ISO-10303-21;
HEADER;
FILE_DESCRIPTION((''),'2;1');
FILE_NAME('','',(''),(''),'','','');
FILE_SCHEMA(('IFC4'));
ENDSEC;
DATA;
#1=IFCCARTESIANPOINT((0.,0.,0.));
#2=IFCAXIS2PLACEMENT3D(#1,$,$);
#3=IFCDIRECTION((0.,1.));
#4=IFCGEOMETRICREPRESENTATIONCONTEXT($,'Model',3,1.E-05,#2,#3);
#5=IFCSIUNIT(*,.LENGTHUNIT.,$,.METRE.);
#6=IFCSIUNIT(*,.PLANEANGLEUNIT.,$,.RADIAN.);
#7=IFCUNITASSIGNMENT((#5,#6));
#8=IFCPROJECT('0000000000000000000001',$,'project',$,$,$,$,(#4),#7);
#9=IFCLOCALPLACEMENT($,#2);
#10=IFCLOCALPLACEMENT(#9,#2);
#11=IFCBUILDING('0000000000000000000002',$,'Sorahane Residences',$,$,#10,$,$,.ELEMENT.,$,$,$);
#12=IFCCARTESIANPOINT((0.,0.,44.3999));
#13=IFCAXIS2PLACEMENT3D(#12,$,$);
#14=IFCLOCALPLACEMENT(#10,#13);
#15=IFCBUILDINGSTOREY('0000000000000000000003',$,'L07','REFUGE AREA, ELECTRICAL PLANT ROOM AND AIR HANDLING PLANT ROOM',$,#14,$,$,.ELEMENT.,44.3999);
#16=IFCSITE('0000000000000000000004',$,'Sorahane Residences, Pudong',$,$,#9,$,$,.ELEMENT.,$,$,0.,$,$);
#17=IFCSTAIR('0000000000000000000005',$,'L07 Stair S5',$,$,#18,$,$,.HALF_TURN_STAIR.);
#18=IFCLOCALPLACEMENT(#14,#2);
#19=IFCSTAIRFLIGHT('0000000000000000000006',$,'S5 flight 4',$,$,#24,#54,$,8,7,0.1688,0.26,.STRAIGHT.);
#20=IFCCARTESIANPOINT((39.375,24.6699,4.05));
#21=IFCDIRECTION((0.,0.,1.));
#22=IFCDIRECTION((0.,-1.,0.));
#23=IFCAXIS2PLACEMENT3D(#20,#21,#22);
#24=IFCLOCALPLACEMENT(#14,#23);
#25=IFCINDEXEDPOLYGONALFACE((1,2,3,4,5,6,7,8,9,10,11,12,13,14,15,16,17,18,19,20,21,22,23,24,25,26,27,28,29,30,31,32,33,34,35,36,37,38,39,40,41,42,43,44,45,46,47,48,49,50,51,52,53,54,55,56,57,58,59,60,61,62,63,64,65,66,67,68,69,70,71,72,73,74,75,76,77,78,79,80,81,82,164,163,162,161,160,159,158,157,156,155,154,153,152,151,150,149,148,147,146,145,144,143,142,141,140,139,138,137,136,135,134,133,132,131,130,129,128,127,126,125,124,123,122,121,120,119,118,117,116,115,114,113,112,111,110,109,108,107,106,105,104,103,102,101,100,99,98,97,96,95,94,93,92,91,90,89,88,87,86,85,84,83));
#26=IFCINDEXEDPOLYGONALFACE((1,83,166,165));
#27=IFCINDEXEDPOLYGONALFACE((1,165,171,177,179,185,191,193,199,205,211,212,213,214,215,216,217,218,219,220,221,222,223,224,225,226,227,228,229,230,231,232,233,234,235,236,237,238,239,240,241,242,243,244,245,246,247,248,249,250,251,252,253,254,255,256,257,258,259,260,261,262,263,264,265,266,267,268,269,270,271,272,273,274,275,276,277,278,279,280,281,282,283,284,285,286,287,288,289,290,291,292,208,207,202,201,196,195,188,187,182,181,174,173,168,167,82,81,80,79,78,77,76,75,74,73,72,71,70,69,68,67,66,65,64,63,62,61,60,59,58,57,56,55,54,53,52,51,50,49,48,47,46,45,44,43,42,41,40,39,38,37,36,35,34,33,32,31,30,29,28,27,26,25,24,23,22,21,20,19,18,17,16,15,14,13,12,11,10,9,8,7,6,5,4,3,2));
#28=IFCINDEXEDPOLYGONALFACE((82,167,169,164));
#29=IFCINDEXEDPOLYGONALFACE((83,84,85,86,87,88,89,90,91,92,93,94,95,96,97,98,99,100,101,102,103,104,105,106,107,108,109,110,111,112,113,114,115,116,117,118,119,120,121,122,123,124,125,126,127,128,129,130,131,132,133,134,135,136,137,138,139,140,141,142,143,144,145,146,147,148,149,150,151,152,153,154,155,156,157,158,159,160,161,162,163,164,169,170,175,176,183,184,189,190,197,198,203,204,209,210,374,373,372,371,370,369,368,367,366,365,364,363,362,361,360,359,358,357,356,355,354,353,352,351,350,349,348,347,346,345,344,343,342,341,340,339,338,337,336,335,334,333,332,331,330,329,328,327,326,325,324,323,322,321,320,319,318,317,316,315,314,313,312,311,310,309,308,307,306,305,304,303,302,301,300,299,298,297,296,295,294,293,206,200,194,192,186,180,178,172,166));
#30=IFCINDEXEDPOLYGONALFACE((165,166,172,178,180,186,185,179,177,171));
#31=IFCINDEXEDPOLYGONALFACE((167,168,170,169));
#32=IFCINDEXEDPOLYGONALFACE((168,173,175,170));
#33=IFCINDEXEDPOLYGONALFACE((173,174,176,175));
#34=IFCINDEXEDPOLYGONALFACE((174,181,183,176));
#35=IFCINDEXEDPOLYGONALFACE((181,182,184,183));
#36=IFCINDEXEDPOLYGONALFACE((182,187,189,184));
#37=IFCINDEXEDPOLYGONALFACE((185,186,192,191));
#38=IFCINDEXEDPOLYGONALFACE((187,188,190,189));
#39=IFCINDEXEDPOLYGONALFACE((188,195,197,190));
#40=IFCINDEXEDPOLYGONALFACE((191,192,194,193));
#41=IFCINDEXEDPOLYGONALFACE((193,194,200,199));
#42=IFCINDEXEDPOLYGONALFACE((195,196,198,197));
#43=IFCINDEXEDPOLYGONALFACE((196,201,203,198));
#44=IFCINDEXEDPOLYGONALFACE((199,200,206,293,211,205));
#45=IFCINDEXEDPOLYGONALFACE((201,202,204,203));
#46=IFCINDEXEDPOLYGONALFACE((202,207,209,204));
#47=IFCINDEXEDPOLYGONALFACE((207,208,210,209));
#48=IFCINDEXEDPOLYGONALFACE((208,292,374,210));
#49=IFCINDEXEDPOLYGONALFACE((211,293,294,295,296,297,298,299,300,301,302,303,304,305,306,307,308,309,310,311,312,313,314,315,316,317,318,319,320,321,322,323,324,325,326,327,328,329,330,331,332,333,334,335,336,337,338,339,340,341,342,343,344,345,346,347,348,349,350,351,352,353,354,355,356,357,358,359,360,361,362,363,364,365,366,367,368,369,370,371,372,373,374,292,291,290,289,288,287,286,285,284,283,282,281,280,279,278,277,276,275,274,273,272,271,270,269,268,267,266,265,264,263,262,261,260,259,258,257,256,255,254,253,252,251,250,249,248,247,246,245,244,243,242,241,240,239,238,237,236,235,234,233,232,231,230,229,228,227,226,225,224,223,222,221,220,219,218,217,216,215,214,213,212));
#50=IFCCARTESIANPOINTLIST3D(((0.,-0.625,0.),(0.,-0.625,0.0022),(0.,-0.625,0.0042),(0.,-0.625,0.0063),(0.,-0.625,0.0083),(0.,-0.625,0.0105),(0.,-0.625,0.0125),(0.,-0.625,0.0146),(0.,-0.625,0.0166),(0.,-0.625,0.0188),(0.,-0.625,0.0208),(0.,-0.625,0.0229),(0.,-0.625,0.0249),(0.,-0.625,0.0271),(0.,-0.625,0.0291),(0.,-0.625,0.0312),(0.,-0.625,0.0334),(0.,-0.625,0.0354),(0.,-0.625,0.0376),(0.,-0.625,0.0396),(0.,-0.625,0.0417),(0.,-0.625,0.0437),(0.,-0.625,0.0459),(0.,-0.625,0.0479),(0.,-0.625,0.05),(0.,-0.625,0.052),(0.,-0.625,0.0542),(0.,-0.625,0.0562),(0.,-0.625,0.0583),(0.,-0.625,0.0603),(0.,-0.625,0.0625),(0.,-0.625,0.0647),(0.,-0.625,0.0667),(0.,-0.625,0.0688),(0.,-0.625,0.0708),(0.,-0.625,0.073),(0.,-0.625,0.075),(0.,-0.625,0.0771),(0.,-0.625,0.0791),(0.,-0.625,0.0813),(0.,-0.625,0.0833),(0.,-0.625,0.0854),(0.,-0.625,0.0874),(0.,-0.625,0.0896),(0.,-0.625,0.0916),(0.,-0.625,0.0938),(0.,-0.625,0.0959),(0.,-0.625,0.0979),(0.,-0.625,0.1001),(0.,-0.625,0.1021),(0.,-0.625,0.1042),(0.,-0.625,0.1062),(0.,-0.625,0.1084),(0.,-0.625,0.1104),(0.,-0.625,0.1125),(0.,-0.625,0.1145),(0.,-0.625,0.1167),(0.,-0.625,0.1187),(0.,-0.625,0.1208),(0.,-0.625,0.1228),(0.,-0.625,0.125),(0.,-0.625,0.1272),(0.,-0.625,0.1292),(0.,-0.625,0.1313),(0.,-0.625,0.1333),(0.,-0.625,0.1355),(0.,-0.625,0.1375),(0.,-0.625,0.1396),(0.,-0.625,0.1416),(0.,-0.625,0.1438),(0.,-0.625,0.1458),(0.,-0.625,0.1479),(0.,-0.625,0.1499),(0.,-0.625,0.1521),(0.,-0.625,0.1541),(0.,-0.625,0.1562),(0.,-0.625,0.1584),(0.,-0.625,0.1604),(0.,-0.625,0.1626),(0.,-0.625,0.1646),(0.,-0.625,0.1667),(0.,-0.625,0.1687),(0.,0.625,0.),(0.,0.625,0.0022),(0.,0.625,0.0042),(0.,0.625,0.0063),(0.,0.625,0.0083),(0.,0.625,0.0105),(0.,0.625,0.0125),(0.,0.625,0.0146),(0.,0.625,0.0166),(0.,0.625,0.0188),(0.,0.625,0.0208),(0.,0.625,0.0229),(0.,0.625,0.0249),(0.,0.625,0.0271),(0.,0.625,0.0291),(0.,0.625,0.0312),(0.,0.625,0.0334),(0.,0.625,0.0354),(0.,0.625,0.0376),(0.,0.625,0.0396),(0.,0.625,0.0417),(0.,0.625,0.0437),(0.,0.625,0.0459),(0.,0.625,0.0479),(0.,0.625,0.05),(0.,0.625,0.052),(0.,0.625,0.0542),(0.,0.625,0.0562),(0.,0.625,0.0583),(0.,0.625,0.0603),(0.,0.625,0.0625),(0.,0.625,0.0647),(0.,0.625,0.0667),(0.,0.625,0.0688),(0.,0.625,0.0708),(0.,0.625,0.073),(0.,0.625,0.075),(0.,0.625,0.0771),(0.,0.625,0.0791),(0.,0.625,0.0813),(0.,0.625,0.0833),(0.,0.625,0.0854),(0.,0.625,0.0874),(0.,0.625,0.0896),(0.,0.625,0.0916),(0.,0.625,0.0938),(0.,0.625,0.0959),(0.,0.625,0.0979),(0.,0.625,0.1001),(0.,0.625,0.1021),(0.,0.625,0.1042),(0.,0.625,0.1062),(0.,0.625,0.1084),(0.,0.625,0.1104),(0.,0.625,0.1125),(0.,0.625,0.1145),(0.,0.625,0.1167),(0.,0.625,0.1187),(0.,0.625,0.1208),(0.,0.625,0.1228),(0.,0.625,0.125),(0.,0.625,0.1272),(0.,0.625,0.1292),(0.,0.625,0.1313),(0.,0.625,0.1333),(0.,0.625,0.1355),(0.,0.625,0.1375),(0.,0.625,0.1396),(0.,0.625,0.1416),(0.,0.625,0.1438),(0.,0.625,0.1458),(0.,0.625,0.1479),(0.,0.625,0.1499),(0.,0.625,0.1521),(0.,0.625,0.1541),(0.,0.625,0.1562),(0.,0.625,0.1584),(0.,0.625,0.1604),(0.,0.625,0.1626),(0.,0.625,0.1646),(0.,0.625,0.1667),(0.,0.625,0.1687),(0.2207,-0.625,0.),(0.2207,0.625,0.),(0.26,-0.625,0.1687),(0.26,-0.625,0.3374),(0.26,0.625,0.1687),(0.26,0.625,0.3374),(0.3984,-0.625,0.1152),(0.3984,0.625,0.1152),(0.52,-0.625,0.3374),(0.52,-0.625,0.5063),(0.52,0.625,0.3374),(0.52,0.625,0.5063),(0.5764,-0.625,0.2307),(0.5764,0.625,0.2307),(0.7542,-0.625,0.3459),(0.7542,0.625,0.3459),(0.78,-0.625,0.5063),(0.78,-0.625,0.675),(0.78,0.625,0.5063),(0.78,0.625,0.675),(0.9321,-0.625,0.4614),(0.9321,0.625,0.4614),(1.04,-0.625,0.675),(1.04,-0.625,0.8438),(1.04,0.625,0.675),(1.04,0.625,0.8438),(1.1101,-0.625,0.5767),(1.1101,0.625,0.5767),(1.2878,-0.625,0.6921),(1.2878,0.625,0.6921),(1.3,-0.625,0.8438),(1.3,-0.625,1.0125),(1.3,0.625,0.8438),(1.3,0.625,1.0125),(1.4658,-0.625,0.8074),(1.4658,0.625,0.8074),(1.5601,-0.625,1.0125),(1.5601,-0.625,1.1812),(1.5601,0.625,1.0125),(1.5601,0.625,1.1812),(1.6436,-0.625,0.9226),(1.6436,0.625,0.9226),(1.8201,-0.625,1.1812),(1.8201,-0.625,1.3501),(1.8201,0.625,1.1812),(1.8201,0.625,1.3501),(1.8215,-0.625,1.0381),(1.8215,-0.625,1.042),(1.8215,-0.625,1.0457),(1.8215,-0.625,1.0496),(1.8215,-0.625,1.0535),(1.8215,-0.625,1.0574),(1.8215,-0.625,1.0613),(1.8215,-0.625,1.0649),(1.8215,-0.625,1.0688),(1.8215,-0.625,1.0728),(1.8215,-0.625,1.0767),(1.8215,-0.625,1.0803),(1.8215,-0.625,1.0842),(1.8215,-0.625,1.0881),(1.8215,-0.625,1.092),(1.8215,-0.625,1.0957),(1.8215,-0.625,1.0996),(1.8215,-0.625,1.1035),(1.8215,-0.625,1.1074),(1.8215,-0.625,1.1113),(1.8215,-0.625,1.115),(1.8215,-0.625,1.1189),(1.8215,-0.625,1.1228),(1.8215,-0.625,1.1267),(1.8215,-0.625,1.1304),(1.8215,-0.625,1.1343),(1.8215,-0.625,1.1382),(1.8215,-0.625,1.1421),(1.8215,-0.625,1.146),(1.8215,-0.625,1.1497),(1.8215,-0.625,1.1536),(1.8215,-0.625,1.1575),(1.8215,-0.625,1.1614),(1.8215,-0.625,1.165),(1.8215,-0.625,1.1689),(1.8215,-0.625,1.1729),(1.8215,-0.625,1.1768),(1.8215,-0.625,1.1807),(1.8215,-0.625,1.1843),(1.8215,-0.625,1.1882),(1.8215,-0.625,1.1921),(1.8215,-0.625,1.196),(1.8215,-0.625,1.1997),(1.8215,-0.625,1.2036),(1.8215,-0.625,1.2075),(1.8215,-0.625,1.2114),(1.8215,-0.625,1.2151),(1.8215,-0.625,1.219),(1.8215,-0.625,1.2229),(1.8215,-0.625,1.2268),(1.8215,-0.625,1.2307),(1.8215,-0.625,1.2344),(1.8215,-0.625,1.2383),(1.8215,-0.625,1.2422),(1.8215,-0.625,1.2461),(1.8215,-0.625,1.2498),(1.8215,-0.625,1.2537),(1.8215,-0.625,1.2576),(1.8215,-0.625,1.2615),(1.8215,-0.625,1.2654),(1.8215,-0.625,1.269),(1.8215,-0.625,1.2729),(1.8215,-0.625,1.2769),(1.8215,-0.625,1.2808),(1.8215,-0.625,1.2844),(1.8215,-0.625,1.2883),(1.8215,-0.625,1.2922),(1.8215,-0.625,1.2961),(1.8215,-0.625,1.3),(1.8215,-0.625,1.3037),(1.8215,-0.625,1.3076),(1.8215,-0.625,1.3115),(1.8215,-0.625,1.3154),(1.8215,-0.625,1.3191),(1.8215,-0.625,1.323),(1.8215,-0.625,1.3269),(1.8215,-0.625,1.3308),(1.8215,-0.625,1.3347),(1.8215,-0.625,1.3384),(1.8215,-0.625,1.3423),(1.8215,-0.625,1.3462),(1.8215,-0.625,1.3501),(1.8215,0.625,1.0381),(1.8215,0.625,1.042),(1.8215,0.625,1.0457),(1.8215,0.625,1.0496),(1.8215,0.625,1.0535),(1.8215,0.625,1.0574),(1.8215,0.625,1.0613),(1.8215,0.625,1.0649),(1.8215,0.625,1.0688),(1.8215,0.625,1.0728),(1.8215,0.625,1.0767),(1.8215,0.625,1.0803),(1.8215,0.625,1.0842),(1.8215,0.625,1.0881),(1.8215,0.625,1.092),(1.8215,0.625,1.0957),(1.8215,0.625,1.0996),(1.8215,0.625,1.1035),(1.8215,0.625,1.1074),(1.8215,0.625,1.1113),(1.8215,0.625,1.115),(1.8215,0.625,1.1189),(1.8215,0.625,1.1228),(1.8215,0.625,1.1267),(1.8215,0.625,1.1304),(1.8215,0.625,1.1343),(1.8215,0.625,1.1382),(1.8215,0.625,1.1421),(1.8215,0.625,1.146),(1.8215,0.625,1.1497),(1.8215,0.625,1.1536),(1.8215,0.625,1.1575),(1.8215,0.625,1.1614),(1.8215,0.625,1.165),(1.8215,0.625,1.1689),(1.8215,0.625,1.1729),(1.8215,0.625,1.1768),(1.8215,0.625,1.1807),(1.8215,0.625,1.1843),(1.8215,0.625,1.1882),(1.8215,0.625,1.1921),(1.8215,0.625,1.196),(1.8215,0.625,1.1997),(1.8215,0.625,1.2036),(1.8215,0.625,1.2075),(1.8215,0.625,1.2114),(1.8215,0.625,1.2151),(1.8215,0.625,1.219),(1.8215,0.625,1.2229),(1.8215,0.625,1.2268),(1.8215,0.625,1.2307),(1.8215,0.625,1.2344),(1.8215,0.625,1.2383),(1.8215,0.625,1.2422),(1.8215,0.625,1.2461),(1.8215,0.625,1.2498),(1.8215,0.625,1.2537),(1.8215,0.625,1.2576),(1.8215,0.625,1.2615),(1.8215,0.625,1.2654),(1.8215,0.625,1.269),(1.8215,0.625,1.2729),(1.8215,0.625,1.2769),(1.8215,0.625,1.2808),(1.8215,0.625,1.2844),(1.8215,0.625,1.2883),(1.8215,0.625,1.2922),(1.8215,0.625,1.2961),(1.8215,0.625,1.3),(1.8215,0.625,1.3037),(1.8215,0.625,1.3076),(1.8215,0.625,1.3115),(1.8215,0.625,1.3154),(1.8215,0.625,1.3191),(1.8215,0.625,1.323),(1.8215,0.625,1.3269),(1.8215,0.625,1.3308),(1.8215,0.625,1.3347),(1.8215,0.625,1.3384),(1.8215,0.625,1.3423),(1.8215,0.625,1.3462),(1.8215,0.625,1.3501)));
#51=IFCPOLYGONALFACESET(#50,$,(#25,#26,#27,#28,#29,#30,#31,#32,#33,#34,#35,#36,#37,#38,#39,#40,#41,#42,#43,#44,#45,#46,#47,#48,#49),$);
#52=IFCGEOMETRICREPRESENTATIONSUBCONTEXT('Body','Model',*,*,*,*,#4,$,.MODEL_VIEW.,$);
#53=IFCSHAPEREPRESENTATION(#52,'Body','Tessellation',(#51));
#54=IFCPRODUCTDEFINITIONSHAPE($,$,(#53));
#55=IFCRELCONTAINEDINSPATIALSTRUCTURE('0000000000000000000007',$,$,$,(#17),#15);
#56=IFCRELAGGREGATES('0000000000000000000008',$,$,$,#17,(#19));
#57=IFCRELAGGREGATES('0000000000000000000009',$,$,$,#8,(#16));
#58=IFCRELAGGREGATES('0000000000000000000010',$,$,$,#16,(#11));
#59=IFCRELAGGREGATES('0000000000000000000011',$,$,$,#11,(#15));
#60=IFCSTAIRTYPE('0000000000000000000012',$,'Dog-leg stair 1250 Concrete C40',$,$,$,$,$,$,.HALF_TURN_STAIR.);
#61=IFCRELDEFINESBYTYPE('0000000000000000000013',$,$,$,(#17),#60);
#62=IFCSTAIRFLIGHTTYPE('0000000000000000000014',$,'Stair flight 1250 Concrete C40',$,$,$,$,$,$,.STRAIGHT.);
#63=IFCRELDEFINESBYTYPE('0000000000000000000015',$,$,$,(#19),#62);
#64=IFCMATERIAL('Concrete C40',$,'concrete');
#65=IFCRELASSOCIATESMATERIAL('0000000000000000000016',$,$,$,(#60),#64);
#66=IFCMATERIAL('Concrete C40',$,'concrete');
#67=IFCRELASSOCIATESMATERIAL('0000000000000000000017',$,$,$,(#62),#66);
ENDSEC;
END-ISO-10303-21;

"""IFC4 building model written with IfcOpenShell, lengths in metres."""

from ifc_helpers import new_model, si_unit, direction, frame, origin, place, context, subcontext, project, spatial, polyline, outline, extrude, material, type_object, element, aggregate, save


model = new_model("IFC4")

# Units and contexts
model_context = context("Model", 3, precision=1e-05, world=origin(), true_north=direction((0.0, 1.0)))
body_context = subcontext(model_context, "Body", "Model", "MODEL_VIEW")
ifc_project = project(units=[si_unit("LENGTHUNIT", "METRE"), si_unit("PLANEANGLEUNIT", "RADIAN")], contexts=[model_context])

# Site, building, storey
site_placement = place(None, origin())
site = spatial("IfcSite", under=ifc_project, at=site_placement, Name="Sorahane Residences, Pudong", CompositionType="ELEMENT", RefElevation=0.0)
building_placement = place(site_placement, origin())
building = spatial("IfcBuilding", under=site, at=building_placement, Name="Sorahane Residences", CompositionType="ELEMENT")
storey_placement = place(building_placement, frame((0.0, 0.0, 44.3999)))
storey = spatial("IfcBuildingStorey", under=building, at=storey_placement, Name="L07", Description="REFUGE AREA, ELECTRICAL PLANT ROOM AND AIR HANDLING PLANT ROOM", CompositionType="ELEMENT", Elevation=44.3999)

# Stair, stair flight
ifc_material_1 = material(Name="Concrete C40", Category="concrete")
stair_type = type_object("IfcStairType", Name="Dog-leg stair 1250 Concrete C40", PredefinedType="HALF_TURN_STAIR", material=ifc_material_1)
stair_placement = place(storey_placement, origin())
stair = element("IfcStair", 1, at=stair_placement, inside=storey, type_object=stair_type, Name="L07 Stair S5", PredefinedType="HALF_TURN_STAIR")
ifc_material_2 = material(Name="Concrete C40", Category="concrete")
stair_flight_type = type_object("IfcStairFlightType", Name="Stair flight 1250 Concrete C40", PredefinedType="STRAIGHT", material=ifc_material_2)
stair_flight_1_placement = place(storey_placement, frame((39.375, 24.6699, 4.05), z_axis=(0.0, 0.0, 1.0), x_axis=(0.0, -1.0, 0.0)))
stair_flight_1 = element("IfcStairFlight", 2, at=stair_flight_1_placement, type_object=stair_flight_type, Name="S5 flight 4", NumberOfRisers=8, NumberOfTreads=7, PredefinedType="STRAIGHT", RiserHeight=0.1688, TreadLength=0.26, context=body_context, shape_type="SweptSolid", body=[
    extrude(outline(polyline([(0.0, 0.0), (0.0, 0.0022), (0.0, 0.0042), (0.0, 0.0063), (0.0, 0.0083), (0.0, 0.0105), (0.0, 0.0125), (0.0, 0.0146), (0.0, 0.0166), (0.0, 0.0188), (0.0, 0.0208), (0.0, 0.0229), (0.0, 0.0249), (0.0, 0.0271), (0.0, 0.0291), (0.0, 0.0312), (0.0, 0.0334), (0.0, 0.0354), (0.0, 0.0376), (0.0, 0.0396), (0.0, 0.0417), (0.0, 0.0437), (0.0, 0.0459), (0.0, 0.0479), (0.0, 0.05), (0.0, 0.052), (0.0, 0.0542), (0.0, 0.0562), (0.0, 0.0583), (0.0, 0.0603), (0.0, 0.0625), (0.0, 0.0647), (0.0, 0.0667), (0.0, 0.0688), (0.0, 0.0708), (0.0, 0.073), (0.0, 0.075), (0.0, 0.0771), (0.0, 0.0791), (0.0, 0.0813), (0.0, 0.0833), (0.0, 0.0854), (0.0, 0.0874), (0.0, 0.0896), (0.0, 0.0916), (0.0, 0.0938), (0.0, 0.0959), (0.0, 0.0979), (0.0, 0.1001), (0.0, 0.1021), (0.0, 0.1042), (0.0, 0.1062), (0.0, 0.1084), (0.0, 0.1104), (0.0, 0.1125), (0.0, 0.1145), (0.0, 0.1167), (0.0, 0.1187), (0.0, 0.1208), (0.0, 0.1228), (0.0, 0.125), (0.0, 0.1272), (0.0, 0.1292), (0.0, 0.1313), (0.0, 0.1333), (0.0, 0.1355), (0.0, 0.1375), (0.0, 0.1396), (0.0, 0.1416), (0.0, 0.1438), (0.0, 0.1458), (0.0, 0.1479), (0.0, 0.1499), (0.0, 0.1521), (0.0, 0.1541), (0.0, 0.1562), (0.0, 0.1584), (0.0, 0.1604), (0.0, 0.1626), (0.0, 0.1646), (0.0, 0.1667), (0.0, 0.1687), (0.26, 0.1687), (0.26, 0.3374), (0.52, 0.3374), (0.52, 0.5063), (0.78, 0.5063), (0.78, 0.675), (1.04, 0.675), (1.04, 0.8438), (1.3, 0.8438), (1.3, 1.0125), (1.5601, 1.0125), (1.5601, 1.1812), (1.8201, 1.1812), (1.8201, 1.3501), (1.8215, 1.3501), (1.8215, 1.3462), (1.8215, 1.3423), (1.8215, 1.3384), (1.8215, 1.3347), (1.8215, 1.3308), (1.8215, 1.3269), (1.8215, 1.323), (1.8215, 1.3191), (1.8215, 1.3154), (1.8215, 1.3115), (1.8215, 1.3076), (1.8215, 1.3037), (1.8215, 1.3), (1.8215, 1.2961), (1.8215, 1.2922), (1.8215, 1.2883), (1.8215, 1.2844), (1.8215, 1.2808), (1.8215, 1.2769), (1.8215, 1.2729), (1.8215, 1.269), (1.8215, 1.2654), (1.8215, 1.2615), (1.8215, 1.2576), (1.8215, 1.2537), (1.8215, 1.2498), (1.8215, 1.2461), (1.8215, 1.2422), (1.8215, 1.2383), (1.8215, 1.2344), (1.8215, 1.2307), (1.8215, 1.2268), (1.8215, 1.2229), (1.8215, 1.219), (1.8215, 1.2151), (1.8215, 1.2114), (1.8215, 1.2075), (1.8215, 1.2036), (1.8215, 1.1997), (1.8215, 1.196), (1.8215, 1.1921), (1.8215, 1.1882), (1.8215, 1.1843), (1.8215, 1.1807), (1.8215, 1.1768), (1.8215, 1.1729), (1.8215, 1.1689), (1.8215, 1.165), (1.8215, 1.1614), (1.8215, 1.1575), (1.8215, 1.1536), (1.8215, 1.1497), (1.8215, 1.146), (1.8215, 1.1421), (1.8215, 1.1382), (1.8215, 1.1343), (1.8215, 1.1304), (1.8215, 1.1267), (1.8215, 1.1228), (1.8215, 1.1189), (1.8215, 1.115), (1.8215, 1.1113), (1.8215, 1.1074), (1.8215, 1.1035), (1.8215, 1.0996), (1.8215, 1.0957), (1.8215, 1.092), (1.8215, 1.0881), (1.8215, 1.0842), (1.8215, 1.0803), (1.8215, 1.0767), (1.8215, 1.0728), (1.8215, 1.0688), (1.8215, 1.0649), (1.8215, 1.0613), (1.8215, 1.0574), (1.8215, 1.0535), (1.8215, 1.0496), (1.8215, 1.0457), (1.8215, 1.042), (1.8215, 1.0381), (1.6436, 0.9226), (1.4658, 0.8074), (1.2878, 0.6921), (1.1101, 0.5767), (0.9321, 0.4614), (0.7542, 0.3459), (0.5764, 0.2307), (0.3984, 0.1152), (0.2207, 0.0), (0.0, 0.0)])), frame((0.0, 0.625, 0.0), z_axis=(0.0, -1.0, 0.0), x_axis=(1.0, 0.0, 0.0)), (0.0, 0.0, 1.0), 1.25),
])
aggregate(stair, [stair_flight_1])

save(model, "model.ifc")
